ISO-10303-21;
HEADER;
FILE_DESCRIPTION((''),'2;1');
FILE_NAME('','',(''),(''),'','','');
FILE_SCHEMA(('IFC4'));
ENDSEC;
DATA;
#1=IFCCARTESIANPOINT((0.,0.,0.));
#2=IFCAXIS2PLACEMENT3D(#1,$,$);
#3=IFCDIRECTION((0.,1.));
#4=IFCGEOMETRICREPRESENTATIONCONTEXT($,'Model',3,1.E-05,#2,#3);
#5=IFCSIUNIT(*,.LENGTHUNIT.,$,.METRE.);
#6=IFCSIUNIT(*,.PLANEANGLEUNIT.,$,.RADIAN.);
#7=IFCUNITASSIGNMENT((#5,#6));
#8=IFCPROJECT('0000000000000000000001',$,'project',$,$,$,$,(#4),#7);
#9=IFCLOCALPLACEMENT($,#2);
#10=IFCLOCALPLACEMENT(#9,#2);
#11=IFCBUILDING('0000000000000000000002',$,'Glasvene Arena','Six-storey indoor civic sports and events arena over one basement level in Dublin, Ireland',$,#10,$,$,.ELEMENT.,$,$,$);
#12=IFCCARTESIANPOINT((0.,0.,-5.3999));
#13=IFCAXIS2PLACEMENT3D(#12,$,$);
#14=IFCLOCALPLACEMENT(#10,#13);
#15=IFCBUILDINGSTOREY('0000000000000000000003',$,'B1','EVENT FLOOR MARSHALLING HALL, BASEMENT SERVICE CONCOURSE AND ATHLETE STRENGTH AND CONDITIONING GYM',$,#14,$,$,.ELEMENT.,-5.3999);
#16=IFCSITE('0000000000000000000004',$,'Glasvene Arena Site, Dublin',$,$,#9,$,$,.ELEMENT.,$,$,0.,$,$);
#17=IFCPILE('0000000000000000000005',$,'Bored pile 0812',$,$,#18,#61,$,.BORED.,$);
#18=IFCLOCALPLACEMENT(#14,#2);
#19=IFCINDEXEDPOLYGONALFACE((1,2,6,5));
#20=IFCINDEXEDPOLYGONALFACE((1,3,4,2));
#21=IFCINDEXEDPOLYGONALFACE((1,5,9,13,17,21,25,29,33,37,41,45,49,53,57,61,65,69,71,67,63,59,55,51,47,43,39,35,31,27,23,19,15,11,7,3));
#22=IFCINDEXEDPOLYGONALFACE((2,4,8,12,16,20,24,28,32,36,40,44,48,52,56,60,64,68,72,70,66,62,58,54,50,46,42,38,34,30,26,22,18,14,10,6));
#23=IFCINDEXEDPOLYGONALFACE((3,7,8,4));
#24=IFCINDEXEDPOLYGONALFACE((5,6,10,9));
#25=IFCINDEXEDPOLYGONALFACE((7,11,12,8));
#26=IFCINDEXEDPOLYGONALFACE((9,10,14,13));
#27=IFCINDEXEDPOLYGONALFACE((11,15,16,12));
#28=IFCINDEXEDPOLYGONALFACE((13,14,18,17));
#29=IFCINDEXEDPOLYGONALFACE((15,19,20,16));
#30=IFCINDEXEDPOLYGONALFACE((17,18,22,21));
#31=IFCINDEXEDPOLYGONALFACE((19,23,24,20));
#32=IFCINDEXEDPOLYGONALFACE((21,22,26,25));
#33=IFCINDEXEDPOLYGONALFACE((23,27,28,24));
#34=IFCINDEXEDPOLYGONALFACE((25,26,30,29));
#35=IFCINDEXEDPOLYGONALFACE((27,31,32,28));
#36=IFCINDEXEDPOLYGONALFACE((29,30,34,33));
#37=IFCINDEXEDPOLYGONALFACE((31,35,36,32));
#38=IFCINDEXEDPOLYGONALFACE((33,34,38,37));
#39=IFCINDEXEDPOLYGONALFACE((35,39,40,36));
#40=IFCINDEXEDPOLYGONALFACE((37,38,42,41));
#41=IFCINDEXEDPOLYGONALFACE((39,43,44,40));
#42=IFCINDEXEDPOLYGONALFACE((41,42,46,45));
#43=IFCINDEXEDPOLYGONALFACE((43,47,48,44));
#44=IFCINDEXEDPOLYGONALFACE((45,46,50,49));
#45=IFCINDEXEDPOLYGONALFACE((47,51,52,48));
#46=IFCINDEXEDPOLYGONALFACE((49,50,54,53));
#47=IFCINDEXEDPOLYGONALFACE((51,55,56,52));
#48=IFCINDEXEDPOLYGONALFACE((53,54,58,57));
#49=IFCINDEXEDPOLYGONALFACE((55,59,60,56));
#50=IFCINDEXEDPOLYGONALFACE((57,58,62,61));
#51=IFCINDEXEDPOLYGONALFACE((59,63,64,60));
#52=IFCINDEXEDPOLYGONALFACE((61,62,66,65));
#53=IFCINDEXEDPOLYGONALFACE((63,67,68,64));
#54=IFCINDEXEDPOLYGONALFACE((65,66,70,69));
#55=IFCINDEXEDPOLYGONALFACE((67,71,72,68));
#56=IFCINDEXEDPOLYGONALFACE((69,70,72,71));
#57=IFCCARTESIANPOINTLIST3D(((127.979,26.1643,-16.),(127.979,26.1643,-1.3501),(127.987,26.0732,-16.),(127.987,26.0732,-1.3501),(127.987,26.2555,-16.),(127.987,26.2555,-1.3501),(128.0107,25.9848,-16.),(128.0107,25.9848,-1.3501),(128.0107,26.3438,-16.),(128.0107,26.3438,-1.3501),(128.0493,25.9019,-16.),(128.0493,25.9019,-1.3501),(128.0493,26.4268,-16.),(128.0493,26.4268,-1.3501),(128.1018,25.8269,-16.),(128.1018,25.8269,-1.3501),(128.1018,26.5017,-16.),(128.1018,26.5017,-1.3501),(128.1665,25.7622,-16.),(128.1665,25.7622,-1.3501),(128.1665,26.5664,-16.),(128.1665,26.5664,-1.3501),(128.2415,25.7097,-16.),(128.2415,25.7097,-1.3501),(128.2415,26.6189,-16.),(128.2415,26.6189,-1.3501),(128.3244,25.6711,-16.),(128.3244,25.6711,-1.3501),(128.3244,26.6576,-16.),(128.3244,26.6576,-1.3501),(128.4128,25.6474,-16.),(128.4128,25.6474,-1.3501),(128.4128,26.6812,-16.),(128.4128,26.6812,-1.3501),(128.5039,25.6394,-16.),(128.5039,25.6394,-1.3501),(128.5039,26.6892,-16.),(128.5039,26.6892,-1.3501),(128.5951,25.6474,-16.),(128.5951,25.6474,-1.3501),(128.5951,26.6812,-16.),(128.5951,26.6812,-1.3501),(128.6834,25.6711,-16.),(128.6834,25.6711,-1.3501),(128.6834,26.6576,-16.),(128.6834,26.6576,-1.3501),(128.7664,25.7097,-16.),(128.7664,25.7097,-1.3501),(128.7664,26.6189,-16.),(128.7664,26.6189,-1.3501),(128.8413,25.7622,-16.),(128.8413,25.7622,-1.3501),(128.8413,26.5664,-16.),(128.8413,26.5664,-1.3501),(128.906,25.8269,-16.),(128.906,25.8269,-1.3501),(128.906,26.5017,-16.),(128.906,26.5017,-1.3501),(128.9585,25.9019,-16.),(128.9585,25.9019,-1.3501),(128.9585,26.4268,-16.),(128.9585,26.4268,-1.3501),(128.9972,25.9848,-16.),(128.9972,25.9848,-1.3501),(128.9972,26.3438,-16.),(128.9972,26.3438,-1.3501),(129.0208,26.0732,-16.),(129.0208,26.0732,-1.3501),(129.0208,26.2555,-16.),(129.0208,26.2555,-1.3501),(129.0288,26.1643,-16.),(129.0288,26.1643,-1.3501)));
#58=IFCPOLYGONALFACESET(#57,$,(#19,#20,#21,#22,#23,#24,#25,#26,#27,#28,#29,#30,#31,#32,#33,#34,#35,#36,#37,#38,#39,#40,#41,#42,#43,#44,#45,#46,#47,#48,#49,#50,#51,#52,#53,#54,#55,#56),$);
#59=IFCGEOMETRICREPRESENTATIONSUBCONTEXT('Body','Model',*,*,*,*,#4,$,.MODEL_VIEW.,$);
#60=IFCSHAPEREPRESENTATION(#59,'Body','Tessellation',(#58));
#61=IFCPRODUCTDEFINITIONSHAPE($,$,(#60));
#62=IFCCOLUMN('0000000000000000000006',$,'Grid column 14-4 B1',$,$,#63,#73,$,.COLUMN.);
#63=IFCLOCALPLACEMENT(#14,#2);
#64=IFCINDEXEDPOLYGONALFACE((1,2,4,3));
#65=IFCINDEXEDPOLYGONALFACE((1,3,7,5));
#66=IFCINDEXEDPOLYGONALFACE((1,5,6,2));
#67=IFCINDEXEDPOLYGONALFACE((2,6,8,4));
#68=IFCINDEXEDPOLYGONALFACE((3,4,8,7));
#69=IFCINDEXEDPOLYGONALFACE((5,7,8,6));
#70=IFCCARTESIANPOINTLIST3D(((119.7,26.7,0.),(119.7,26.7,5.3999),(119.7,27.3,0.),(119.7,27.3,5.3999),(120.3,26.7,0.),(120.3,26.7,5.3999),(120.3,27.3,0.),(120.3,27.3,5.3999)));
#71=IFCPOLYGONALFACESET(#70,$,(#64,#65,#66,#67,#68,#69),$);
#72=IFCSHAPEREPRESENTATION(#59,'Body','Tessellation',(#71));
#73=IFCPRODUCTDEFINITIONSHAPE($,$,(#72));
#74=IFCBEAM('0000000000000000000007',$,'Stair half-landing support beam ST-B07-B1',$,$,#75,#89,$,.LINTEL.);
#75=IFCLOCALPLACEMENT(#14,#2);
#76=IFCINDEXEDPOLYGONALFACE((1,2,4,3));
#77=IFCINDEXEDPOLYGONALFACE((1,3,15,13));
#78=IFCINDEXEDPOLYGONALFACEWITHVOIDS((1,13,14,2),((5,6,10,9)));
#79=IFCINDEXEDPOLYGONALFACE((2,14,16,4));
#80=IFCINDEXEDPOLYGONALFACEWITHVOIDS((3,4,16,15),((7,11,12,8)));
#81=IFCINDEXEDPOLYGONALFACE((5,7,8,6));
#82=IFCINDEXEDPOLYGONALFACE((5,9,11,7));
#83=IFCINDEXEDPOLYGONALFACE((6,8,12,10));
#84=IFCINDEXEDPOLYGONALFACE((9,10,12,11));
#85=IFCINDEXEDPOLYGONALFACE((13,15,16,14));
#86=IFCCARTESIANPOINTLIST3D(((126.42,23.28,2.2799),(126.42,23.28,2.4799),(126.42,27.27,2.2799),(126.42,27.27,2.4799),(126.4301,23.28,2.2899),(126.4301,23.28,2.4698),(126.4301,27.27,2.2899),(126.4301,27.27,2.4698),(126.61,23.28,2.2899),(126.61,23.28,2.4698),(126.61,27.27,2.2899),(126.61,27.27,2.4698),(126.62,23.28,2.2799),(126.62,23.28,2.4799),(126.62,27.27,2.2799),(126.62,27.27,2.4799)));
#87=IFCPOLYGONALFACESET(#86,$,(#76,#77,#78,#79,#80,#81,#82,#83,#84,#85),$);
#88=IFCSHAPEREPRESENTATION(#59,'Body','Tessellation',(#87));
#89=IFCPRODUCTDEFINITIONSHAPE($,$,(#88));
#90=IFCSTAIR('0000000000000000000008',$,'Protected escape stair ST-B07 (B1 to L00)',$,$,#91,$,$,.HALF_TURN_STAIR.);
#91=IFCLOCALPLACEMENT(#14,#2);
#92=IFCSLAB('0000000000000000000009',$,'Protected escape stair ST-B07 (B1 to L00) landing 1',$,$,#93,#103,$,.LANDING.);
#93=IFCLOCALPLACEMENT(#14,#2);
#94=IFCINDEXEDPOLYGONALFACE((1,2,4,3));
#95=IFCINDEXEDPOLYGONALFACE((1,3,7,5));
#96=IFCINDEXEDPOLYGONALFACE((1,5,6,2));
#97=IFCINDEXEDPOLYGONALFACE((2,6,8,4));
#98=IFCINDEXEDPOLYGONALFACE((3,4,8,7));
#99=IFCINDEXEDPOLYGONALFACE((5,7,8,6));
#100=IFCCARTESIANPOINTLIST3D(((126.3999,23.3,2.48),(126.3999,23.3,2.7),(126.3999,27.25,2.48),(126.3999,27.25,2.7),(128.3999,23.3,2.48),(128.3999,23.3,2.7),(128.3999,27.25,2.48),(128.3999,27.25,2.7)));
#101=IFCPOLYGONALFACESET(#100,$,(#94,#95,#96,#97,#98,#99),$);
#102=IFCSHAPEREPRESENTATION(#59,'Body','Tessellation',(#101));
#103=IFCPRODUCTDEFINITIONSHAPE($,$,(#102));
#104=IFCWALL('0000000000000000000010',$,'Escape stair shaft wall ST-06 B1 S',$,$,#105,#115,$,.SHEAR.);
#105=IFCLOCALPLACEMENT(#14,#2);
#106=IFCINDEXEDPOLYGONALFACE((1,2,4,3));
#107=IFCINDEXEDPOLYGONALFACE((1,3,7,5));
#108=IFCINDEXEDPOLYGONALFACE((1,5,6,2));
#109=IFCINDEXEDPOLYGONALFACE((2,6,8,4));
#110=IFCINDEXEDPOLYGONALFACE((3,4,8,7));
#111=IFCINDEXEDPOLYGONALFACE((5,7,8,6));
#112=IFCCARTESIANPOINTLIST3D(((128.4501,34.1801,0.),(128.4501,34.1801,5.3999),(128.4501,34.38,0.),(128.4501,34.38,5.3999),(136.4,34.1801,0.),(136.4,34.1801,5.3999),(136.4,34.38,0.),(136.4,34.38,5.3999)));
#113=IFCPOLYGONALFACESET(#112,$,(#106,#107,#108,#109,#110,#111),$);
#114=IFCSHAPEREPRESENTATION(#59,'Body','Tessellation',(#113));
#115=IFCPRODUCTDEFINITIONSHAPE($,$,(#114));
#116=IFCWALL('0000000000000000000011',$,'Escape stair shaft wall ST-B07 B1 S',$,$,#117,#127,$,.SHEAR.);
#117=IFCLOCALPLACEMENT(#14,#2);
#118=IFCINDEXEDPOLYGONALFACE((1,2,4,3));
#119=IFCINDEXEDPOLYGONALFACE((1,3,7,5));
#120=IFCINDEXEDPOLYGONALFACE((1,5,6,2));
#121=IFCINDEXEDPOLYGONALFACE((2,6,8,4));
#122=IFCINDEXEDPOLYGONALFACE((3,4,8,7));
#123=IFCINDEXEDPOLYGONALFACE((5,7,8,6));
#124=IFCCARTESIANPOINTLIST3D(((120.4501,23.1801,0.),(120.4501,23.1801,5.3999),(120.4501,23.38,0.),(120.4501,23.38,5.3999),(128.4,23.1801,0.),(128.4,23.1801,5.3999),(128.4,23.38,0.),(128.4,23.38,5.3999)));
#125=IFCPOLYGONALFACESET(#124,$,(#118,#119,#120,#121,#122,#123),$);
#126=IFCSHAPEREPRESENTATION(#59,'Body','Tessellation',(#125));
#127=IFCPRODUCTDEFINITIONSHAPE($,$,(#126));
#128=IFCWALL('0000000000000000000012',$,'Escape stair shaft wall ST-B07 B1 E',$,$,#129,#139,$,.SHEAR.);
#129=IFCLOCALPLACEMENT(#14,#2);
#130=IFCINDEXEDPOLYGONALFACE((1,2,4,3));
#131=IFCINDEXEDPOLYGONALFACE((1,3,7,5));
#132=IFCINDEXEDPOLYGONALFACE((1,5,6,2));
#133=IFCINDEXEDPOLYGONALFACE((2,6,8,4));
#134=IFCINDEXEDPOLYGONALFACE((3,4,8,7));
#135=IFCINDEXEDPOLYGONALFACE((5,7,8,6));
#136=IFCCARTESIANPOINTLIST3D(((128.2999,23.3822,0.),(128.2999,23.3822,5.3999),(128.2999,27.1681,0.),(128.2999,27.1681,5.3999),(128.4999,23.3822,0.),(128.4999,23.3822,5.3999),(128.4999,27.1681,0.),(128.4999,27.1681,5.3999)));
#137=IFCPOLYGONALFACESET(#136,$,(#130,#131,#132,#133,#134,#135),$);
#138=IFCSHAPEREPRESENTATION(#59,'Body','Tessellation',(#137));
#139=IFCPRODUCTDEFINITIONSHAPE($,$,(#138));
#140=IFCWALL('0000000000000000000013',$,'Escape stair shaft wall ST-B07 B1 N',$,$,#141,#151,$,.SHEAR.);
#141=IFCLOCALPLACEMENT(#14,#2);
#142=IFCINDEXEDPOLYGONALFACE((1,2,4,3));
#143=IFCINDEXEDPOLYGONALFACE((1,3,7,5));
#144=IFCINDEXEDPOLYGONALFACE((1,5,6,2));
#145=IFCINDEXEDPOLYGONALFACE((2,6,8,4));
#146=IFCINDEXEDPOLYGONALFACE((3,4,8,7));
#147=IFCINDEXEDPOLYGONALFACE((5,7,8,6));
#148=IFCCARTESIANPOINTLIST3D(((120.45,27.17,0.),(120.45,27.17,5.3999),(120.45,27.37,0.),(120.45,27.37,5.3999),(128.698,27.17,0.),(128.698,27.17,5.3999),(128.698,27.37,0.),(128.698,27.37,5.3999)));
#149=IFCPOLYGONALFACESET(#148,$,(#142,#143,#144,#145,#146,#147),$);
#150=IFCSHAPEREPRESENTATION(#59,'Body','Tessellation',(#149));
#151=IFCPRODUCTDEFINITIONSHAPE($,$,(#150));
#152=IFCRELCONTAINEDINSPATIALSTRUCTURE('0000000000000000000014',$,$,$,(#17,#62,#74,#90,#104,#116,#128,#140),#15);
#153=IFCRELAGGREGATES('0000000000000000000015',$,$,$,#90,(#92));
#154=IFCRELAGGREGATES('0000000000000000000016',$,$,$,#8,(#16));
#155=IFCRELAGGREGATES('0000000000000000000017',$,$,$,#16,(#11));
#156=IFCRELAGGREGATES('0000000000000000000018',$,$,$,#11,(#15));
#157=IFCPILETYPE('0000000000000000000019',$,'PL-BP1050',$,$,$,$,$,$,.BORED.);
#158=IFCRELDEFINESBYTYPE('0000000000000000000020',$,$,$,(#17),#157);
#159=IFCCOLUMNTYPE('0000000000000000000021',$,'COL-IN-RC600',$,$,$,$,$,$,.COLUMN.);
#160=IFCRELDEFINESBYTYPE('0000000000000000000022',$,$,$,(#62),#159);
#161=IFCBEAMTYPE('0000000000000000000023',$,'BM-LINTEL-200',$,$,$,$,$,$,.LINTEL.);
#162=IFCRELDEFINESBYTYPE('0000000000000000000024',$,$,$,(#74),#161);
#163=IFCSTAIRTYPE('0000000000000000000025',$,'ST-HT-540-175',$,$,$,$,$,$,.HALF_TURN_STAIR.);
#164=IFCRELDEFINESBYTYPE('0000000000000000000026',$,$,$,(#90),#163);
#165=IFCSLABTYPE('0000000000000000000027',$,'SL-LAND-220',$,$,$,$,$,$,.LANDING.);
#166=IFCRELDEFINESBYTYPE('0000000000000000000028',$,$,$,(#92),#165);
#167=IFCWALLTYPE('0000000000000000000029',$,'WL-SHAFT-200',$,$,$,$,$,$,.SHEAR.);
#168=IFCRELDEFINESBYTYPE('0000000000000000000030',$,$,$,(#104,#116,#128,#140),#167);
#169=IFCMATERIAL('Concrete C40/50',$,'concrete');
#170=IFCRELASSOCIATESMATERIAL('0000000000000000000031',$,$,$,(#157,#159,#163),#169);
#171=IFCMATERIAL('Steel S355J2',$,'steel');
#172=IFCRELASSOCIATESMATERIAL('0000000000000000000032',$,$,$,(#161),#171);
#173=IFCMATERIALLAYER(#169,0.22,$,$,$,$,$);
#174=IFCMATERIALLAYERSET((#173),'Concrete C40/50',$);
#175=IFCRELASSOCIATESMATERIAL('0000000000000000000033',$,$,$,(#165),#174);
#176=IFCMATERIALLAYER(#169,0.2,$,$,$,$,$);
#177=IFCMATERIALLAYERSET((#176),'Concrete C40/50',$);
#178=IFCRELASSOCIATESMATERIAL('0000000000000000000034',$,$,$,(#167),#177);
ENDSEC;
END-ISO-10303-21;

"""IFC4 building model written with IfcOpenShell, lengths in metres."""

from ifc_helpers import new_model, si_unit, direction, frame, frame_2d, origin, origin_2d, place, context, subcontext, project, spatial, polyline, rectangle, hollow_rectangle, circle, outline, extrude, material, layer, layer_set, material_profile, profile_set, type_object, element, aggregate, save


model = new_model("IFC4")

# Units and contexts
model_context = context("Model", 3, precision=1e-05, world=origin(), true_north=direction((0.0, 1.0)))
body_context = subcontext(model_context, "Body", "Model", "MODEL_VIEW")
ifc_project = project(units=[si_unit("LENGTHUNIT", "METRE"), si_unit("PLANEANGLEUNIT", "RADIAN")], contexts=[model_context])

# Site, building, storey
site_placement = place(None, origin())
site = spatial("IfcSite", under=ifc_project, at=site_placement, Name="Glasvene Arena Site, Dublin", CompositionType="ELEMENT", RefElevation=0.0)
building_placement = place(site_placement, origin())
building = spatial("IfcBuilding", under=site, at=building_placement, Name="Glasvene Arena", Description="Six-storey indoor civic sports and events arena over one basement level in Dublin, Ireland", CompositionType="ELEMENT")
storey_placement = place(building_placement, frame((0.0, 0.0, -5.3999)))
storey = spatial("IfcBuildingStorey", under=building, at=storey_placement, Name="B1", Description="EVENT FLOOR MARSHALLING HALL, BASEMENT SERVICE CONCOURSE AND ATHLETE STRENGTH AND CONDITIONING GYM", CompositionType="ELEMENT", Elevation=-5.3999)

# Pile
ifc_material_1 = material(Name="Concrete C40/50", Category="concrete")
ifc_material_profile_1 = material_profile(ifc_material_1, circle(Radius=0.5249, at=origin_2d()), Name="BORED PILE 1050")
ifc_profile_set_1 = profile_set([ifc_material_profile_1], Name="Concrete C40/50")
pile_type = type_object("IfcPileType", Name="PL-BP1050", PredefinedType="BORED", material=ifc_profile_set_1)
for number, where, z_axis, x_axis, name in (
    (1, (128.5039, 26.1643, -1.3501), (0.0, 0.0, -1.0), (1.0, 0.0, 0.0), "Bored pile 0812"),
):
    element("IfcPile", number, at=place(storey_placement, frame(where, z_axis=z_axis, x_axis=x_axis)), inside=storey, type_object=pile_type, Name=name, PredefinedType="BORED", context=body_context, shape_type="SweptSolid", body=[
        extrude(circle(Radius=0.5249, at=origin_2d()), origin(), (0.0, 0.0, 1.0), 14.6499),
    ])

# Column
ifc_material_profile_2 = material_profile(ifc_material_1, rectangle(XDim=0.6001, YDim=0.6001, at=origin_2d()), Name="RC 600x600")
ifc_profile_set_2 = profile_set([ifc_material_profile_2], Name="Concrete C40/50")
column_type = type_object("IfcColumnType", Name="COL-IN-RC600", PredefinedType="COLUMN", material=ifc_profile_set_2)
column_placement = place(storey_placement, frame((120.0, 27.0, 0.0), z_axis=(0.0, 0.0, 1.0), x_axis=(1.0, 0.0, 0.0)))
element("IfcColumn", 2, at=column_placement, inside=storey, type_object=column_type, Name="Grid column 14-4 B1", PredefinedType="COLUMN", context=body_context, shape_type="SweptSolid", body=[
    extrude(rectangle(XDim=0.6001, YDim=0.6001, at=origin_2d()), origin(), (0.0, 0.0, 1.0), 5.3999),
])

# Beam
ifc_material_2 = material(Name="Steel S355J2", Category="steel")
ifc_material_profile_3 = material_profile(ifc_material_2, hollow_rectangle(XDim=0.2, YDim=0.2, WallThickness=0.01, at=origin_2d()), Name="SHS 200x200x10.0")
ifc_profile_set_3 = profile_set([ifc_material_profile_3], Name="Steel S355J2")
beam_type = type_object("IfcBeamType", Name="BM-LINTEL-200", PredefinedType="LINTEL", material=ifc_profile_set_3)
beam_placement = place(storey_placement, frame((126.52, 23.28, 2.3799), z_axis=(0.0, 1.0, 0.0), x_axis=(-1.0, 0.0, 0.0)))
element("IfcBeam", 3, at=beam_placement, inside=storey, type_object=beam_type, Name="Stair half-landing support beam ST-B07-B1", PredefinedType="LINTEL", context=body_context, shape_type="SweptSolid", body=[
    extrude(hollow_rectangle(XDim=0.2, YDim=0.2, WallThickness=0.01, at=origin_2d()), origin(), (0.0, 0.0, 1.0), 3.99),
])

# Stair, slab
stair_type = type_object("IfcStairType", Name="ST-HT-540-175", PredefinedType="HALF_TURN_STAIR", material=ifc_material_1)
stair_placement = place(storey_placement, origin())
stair = element("IfcStair", 4, at=stair_placement, inside=storey, type_object=stair_type, Name="Protected escape stair ST-B07 (B1 to L00)", PredefinedType="HALF_TURN_STAIR")
ifc_layer_1 = layer(ifc_material_1, 0.22)
ifc_layer_set_1 = layer_set([ifc_layer_1], Name="Concrete C40/50")
slab_type = type_object("IfcSlabType", Name="SL-LAND-220", PredefinedType="LANDING", material=ifc_layer_set_1)
slab_placement = place(storey_placement, frame((127.3999, 25.2749, 2.48)))
slab = element("IfcSlab", 5, at=slab_placement, type_object=slab_type, Name="Protected escape stair ST-B07 (B1 to L00) landing 1", PredefinedType="LANDING", context=body_context, shape_type="SweptSolid", body=[
    extrude(outline(polyline([(-1.0, -1.9749), (1.0, -1.9749), (1.0, 1.9751), (-1.0, 1.9751), (-1.0, -1.9749)])), origin(), (0.0, 0.0, 1.0), 0.22),
])

# Walls
ifc_layer_2 = layer(ifc_material_1, 0.2)
ifc_layer_set_2 = layer_set([ifc_layer_2], Name="Concrete C40/50")
wall_type = type_object("IfcWallType", Name="WL-SHAFT-200", PredefinedType="SHEAR", material=ifc_layer_set_2)
for number, where, z_axis, x_axis, name in (
    (6, (128.45, 34.28, 0.0), (0.0, 0.0, 1.0), (1.0, 0.0, 0.0), "Escape stair shaft wall ST-06 B1 S"),
    (7, (120.45, 23.28, 0.0), (0.0, 0.0, 1.0), (1.0, 0.0, 0.0), "Escape stair shaft wall ST-B07 B1 S"),
):
    element("IfcWall", number, at=place(storey_placement, frame(where, z_axis=z_axis, x_axis=x_axis)), inside=storey, type_object=wall_type, Name=name, PredefinedType="SHEAR", context=body_context, shape_type="SweptSolid", body=[
        extrude(rectangle(XDim=7.95, YDim=0.2, at=frame_2d((3.9751, 0.0))), origin(), (0.0, 0.0, 1.0), 5.3999),
    ])

# Walls
wall_1_placement = place(storey_placement, frame((128.3999, 23.3821, 0.0), z_axis=(0.0, 0.0, 1.0), x_axis=(0.0, 1.0, 0.0)))
element("IfcWall", 8, at=wall_1_placement, inside=storey, type_object=wall_type, Name="Escape stair shaft wall ST-B07 B1 E", PredefinedType="SHEAR", context=body_context, shape_type="SweptSolid", body=[
    extrude(rectangle(XDim=3.7859, YDim=0.2, at=frame_2d((1.8931, 0.0))), origin(), (0.0, 0.0, 1.0), 5.3999),
])
wall_2_placement = place(storey_placement, frame((120.45, 27.27, 0.0), z_axis=(0.0, 0.0, 1.0), x_axis=(1.0, 0.0, 0.0)))
element("IfcWall", 9, at=wall_2_placement, inside=storey, type_object=wall_type, Name="Escape stair shaft wall ST-B07 B1 N", PredefinedType="SHEAR", context=body_context, shape_type="SweptSolid", body=[
    extrude(rectangle(XDim=8.248, YDim=0.2, at=frame_2d((4.124, 0.0))), origin(), (0.0, 0.0, 1.0), 5.3999),
])

aggregate(stair, [slab])

save(model, "model.ifc")
